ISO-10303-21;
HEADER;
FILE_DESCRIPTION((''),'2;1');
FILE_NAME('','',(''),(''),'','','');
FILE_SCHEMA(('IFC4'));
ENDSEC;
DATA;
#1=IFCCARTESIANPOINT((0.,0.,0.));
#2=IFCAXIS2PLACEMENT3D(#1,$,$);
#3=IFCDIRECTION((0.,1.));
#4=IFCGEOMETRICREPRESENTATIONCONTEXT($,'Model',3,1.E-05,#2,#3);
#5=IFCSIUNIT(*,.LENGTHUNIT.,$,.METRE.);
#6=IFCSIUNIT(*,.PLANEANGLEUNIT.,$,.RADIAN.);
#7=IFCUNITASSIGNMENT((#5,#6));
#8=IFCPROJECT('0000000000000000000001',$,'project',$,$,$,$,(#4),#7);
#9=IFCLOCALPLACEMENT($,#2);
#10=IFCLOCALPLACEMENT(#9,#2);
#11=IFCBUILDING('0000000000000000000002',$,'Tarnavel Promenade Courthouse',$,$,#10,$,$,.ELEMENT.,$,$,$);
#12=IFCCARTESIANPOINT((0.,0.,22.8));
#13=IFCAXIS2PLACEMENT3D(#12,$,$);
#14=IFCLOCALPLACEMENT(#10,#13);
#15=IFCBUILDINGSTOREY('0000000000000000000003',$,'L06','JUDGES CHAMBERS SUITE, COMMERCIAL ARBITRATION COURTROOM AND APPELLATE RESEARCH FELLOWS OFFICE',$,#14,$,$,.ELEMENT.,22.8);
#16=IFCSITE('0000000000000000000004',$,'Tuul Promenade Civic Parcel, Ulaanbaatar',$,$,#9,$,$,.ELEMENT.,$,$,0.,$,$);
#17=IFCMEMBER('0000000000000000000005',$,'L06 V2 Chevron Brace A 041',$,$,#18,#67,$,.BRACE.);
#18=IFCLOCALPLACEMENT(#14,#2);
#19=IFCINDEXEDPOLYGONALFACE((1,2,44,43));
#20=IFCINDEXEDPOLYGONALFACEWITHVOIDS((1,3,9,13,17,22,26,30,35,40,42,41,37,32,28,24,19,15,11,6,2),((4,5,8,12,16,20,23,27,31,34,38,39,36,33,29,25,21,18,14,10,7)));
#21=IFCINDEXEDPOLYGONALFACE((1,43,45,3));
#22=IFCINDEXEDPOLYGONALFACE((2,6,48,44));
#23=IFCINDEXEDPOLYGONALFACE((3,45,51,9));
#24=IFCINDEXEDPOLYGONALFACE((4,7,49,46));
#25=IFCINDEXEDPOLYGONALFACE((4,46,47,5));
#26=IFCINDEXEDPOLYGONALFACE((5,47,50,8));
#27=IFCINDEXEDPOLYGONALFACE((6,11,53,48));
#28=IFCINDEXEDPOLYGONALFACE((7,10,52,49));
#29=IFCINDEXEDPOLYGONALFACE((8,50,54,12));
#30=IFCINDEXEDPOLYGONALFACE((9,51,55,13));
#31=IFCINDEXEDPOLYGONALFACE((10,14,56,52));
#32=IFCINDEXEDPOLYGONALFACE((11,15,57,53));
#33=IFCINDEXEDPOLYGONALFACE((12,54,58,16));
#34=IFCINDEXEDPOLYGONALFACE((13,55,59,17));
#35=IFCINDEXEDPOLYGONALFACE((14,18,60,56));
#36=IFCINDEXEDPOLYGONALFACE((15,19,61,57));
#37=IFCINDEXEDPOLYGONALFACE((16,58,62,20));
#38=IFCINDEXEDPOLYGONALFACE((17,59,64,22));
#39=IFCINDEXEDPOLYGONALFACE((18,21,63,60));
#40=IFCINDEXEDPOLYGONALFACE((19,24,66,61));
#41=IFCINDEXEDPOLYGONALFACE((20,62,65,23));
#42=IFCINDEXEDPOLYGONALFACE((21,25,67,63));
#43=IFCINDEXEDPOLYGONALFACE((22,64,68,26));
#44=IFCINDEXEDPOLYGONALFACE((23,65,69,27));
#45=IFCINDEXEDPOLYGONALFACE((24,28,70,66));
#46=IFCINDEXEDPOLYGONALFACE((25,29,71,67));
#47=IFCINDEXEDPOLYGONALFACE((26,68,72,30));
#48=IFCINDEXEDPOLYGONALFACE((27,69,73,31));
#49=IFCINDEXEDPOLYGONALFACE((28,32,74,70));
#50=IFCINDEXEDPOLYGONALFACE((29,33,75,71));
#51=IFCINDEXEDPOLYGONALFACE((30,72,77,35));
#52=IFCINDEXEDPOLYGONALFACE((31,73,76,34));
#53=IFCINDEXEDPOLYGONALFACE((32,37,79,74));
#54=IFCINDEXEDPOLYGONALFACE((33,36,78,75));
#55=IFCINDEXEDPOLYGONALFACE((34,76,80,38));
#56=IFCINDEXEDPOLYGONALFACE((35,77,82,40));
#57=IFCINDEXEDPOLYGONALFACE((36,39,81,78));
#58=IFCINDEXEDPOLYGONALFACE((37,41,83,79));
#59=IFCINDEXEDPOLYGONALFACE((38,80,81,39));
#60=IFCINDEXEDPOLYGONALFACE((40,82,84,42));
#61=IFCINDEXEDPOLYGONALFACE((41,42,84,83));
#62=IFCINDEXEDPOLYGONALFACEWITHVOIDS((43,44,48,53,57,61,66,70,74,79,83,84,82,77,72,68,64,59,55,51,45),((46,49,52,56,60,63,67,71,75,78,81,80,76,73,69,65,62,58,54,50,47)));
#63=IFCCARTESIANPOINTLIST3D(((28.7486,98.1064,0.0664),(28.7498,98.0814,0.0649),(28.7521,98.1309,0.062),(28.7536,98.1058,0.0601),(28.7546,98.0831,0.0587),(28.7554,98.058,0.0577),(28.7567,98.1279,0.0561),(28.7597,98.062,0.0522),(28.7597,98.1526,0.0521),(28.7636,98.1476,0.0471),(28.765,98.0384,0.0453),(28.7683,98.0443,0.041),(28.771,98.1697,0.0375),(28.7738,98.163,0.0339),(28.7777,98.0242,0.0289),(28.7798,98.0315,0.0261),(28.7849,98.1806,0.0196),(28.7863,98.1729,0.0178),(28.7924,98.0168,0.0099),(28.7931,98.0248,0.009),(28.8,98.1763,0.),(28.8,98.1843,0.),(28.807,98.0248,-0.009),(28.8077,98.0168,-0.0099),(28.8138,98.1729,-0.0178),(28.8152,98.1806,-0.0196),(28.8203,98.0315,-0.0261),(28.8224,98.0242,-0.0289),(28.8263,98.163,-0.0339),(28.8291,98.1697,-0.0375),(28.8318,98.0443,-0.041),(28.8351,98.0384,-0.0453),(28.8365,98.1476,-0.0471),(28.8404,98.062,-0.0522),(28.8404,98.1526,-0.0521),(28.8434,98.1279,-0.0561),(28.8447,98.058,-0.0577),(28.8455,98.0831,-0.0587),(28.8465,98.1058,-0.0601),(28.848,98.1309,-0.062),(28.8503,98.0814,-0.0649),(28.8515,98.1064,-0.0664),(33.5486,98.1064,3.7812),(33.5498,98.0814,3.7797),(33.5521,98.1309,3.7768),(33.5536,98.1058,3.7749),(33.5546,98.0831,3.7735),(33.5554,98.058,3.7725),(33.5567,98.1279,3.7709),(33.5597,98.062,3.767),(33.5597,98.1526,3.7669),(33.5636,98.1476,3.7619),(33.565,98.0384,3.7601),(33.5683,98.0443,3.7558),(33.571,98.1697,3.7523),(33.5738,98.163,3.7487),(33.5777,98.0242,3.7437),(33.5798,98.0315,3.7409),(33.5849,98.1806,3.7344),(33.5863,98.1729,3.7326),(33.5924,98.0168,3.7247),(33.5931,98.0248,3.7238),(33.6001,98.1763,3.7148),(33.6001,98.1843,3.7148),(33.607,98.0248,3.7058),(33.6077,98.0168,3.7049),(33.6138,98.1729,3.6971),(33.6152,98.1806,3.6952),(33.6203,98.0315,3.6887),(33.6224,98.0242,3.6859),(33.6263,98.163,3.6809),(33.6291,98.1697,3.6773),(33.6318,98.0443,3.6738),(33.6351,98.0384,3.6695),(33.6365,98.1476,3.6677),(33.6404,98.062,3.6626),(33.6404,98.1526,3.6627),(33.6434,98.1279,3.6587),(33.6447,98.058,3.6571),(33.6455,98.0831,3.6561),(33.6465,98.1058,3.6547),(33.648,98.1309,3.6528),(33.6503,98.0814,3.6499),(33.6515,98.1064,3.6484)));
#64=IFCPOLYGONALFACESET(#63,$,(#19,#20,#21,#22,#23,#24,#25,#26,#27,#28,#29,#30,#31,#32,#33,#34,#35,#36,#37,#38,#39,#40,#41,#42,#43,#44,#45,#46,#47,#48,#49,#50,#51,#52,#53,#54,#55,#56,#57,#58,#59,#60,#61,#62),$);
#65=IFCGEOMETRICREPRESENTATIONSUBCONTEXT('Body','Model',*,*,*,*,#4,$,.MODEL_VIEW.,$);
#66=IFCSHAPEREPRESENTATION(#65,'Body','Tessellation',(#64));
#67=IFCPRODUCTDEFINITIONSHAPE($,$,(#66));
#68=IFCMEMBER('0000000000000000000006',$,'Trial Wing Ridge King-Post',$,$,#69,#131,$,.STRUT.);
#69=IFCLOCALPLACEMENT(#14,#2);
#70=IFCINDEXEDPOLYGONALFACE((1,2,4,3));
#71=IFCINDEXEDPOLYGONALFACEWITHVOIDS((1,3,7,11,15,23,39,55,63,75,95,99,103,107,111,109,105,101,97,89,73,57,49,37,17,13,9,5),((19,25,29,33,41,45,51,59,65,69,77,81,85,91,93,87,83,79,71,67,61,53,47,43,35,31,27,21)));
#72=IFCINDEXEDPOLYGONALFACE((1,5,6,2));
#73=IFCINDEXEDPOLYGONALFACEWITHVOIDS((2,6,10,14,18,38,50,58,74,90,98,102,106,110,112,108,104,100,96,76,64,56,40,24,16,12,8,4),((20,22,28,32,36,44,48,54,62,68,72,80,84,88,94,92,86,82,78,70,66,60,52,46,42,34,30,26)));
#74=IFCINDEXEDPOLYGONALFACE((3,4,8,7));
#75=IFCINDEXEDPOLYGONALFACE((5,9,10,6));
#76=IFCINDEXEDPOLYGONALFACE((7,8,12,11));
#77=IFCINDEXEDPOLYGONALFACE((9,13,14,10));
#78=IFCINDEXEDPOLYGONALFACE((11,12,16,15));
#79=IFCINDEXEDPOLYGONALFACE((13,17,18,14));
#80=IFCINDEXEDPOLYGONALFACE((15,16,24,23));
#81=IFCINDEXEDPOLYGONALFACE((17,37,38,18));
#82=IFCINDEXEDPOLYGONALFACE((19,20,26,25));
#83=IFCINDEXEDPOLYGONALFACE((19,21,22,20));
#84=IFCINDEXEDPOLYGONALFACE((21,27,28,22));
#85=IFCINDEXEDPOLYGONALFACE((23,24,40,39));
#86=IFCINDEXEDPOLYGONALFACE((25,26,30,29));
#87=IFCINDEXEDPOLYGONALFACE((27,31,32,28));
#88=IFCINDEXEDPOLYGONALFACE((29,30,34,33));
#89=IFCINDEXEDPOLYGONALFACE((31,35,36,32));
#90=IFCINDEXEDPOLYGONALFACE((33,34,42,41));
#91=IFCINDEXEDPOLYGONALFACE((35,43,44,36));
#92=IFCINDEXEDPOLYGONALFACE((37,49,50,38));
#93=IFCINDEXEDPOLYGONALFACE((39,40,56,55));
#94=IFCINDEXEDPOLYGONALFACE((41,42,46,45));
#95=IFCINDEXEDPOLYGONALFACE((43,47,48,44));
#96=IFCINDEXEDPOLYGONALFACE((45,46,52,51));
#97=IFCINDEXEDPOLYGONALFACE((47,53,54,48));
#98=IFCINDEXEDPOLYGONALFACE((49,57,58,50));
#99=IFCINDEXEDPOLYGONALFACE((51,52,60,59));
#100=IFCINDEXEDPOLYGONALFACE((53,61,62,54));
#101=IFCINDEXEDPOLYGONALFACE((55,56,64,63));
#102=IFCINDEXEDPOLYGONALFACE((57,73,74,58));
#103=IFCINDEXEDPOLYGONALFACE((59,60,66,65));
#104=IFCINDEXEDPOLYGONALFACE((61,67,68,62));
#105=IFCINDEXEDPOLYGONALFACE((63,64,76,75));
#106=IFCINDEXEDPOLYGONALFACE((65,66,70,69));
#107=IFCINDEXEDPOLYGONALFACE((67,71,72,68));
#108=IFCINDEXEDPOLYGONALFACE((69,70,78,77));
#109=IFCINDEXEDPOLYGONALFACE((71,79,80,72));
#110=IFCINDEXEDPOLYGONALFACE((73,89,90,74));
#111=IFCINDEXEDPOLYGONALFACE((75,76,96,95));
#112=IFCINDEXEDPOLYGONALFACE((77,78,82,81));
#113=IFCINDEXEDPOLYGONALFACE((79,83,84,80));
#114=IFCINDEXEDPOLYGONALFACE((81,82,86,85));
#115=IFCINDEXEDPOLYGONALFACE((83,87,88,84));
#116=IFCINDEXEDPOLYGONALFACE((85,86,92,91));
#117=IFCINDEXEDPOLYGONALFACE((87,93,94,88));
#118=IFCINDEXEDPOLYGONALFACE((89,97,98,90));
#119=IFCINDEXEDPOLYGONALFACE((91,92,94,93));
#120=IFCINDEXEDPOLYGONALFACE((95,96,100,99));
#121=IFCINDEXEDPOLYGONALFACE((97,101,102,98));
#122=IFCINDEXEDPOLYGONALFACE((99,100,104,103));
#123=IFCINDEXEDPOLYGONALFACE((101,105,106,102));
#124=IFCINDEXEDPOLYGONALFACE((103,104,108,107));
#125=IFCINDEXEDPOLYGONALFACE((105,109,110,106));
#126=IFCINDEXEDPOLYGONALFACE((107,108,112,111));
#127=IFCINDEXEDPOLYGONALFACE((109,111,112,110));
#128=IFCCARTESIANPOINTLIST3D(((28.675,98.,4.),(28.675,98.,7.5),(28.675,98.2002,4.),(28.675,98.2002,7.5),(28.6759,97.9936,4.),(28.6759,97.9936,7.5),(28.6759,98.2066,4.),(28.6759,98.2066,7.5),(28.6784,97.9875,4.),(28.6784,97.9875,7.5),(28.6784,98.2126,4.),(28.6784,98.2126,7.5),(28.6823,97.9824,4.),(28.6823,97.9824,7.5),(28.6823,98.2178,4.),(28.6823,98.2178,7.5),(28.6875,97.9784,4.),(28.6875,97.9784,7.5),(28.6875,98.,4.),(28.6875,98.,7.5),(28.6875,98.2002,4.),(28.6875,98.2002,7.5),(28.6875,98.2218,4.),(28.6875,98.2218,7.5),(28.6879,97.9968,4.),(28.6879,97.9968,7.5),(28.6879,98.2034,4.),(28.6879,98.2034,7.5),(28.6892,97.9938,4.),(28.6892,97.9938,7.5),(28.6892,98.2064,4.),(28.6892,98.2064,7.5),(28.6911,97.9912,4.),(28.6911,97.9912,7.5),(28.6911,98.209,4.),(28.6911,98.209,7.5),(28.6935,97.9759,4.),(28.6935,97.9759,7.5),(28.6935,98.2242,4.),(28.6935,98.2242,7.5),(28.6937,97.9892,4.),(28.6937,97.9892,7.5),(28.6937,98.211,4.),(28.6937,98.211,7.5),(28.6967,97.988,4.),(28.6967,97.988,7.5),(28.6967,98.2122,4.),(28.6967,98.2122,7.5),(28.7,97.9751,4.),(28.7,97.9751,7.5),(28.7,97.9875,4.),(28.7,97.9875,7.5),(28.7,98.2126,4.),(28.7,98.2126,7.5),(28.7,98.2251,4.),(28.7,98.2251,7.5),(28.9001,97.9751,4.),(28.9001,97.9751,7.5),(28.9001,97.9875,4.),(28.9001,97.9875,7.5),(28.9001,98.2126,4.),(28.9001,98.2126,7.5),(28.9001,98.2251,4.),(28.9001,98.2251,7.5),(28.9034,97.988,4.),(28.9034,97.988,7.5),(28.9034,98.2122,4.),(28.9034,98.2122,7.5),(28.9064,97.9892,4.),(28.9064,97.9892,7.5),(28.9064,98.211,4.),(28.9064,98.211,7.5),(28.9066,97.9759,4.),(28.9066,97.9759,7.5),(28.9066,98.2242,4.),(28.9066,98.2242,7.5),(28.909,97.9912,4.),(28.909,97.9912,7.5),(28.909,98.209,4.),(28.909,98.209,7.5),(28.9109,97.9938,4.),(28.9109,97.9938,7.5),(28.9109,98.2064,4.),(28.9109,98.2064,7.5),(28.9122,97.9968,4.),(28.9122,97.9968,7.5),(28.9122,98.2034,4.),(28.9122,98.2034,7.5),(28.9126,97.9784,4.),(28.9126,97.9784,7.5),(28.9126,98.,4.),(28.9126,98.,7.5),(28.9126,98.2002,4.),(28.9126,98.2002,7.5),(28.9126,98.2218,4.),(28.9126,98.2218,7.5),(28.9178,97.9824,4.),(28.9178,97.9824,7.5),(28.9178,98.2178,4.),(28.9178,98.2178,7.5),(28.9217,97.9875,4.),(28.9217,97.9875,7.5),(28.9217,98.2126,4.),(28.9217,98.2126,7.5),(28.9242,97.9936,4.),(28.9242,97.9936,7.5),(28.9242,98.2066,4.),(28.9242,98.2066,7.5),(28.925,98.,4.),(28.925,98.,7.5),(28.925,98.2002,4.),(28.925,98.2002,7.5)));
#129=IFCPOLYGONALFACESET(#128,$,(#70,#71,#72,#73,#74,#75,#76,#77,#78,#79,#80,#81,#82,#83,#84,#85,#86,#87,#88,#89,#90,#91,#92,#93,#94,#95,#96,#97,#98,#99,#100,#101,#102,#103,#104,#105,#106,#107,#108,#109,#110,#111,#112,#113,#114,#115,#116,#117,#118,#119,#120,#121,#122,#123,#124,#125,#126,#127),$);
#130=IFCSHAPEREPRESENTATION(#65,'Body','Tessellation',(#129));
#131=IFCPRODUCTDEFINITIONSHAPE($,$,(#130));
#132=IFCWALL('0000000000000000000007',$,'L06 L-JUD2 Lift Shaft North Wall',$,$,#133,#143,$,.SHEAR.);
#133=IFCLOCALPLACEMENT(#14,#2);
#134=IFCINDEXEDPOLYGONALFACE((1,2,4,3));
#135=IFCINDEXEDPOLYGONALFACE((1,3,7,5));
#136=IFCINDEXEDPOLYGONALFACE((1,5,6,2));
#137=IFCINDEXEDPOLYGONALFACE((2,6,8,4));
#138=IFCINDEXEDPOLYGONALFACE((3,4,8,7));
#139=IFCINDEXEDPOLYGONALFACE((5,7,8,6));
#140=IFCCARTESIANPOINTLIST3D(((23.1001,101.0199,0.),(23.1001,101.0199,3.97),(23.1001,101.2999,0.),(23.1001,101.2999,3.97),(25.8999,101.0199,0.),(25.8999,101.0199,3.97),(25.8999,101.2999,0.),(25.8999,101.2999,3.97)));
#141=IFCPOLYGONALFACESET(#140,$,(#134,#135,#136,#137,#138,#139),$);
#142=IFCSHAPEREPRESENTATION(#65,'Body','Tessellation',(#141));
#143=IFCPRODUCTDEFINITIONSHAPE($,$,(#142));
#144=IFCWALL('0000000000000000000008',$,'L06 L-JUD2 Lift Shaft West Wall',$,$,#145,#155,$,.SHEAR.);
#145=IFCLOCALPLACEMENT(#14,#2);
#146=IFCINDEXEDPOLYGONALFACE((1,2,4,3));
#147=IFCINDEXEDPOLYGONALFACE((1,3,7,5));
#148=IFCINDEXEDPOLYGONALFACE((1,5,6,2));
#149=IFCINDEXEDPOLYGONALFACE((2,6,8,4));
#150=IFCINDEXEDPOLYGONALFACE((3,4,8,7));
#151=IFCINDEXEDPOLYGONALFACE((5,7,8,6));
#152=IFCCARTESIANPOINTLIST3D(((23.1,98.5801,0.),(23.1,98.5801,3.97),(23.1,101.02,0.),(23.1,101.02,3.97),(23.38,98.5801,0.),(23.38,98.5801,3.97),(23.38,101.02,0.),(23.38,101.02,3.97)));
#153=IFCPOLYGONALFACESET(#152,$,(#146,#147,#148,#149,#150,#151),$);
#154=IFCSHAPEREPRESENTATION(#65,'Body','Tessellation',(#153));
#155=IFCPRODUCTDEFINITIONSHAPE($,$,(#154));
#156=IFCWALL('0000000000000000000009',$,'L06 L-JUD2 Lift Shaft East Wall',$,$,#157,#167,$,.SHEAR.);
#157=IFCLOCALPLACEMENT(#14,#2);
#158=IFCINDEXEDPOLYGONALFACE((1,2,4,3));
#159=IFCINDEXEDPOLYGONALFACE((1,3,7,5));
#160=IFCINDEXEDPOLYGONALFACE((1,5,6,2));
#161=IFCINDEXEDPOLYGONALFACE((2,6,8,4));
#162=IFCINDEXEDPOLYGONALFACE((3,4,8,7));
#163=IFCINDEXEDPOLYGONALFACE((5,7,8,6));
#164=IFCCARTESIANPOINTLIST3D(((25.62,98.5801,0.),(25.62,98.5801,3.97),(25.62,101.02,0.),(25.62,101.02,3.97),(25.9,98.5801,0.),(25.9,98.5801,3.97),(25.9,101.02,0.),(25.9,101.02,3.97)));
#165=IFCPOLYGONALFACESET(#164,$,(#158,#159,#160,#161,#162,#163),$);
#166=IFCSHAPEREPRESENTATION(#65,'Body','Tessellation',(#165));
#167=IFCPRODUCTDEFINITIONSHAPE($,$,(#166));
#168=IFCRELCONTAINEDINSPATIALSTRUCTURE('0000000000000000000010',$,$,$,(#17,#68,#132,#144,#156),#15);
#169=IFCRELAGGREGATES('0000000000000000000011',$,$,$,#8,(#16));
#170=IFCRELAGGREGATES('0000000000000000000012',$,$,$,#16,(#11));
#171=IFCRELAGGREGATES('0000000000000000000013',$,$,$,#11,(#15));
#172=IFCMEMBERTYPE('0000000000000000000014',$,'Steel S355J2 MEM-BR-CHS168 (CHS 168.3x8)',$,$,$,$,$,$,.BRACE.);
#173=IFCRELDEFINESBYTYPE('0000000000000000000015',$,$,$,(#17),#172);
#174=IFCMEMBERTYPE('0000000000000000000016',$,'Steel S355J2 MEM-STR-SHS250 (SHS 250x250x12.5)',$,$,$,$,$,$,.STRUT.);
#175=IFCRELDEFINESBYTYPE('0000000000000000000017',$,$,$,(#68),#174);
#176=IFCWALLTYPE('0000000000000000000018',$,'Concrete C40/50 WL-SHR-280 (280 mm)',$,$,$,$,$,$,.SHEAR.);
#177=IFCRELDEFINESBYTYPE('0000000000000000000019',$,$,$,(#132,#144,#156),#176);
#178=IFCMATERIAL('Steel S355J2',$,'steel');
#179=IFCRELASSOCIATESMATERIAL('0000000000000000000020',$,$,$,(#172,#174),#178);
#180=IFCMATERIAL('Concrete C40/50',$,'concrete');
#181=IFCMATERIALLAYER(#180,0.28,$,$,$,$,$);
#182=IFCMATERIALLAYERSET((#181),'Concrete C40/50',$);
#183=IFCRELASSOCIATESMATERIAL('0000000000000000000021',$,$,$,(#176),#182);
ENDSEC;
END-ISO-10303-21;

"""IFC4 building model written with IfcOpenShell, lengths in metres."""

from ifc_helpers import new_model, si_unit, direction, frame, frame_2d, origin, origin_2d, place, context, subcontext, project, spatial, rectangle, hollow_rectangle, hollow_circle, extrude, material, layer, layer_set, material_profile, profile_set, type_object, element, save


model = new_model("IFC4")

# Units and contexts
model_context = context("Model", 3, precision=1e-05, world=origin(), true_north=direction((0.0, 1.0)))
body_context = subcontext(model_context, "Body", "Model", "MODEL_VIEW")
ifc_project = project(units=[si_unit("LENGTHUNIT", "METRE"), si_unit("PLANEANGLEUNIT", "RADIAN")], contexts=[model_context])

# Site, building, storey
site_placement = place(None, origin())
site = spatial("IfcSite", under=ifc_project, at=site_placement, Name="Tuul Promenade Civic Parcel, Ulaanbaatar", CompositionType="ELEMENT", RefElevation=0.0)
building_placement = place(site_placement, origin())
building = spatial("IfcBuilding", under=site, at=building_placement, Name="Tarnavel Promenade Courthouse", CompositionType="ELEMENT")
storey_placement = place(building_placement, frame((0.0, 0.0, 22.8)))
storey = spatial("IfcBuildingStorey", under=building, at=storey_placement, Name="L06", Description="JUDGES CHAMBERS SUITE, COMMERCIAL ARBITRATION COURTROOM AND APPELLATE RESEARCH FELLOWS OFFICE", CompositionType="ELEMENT", Elevation=22.8)

# Shared definitions
ifc_material_1 = material(Name="Concrete C40/50", Category="concrete")

# Shared definitions
ifc_material_2 = material(Name="Steel S355J2", Category="steel")

# Members
ifc_material_profile_1 = material_profile(ifc_material_2, hollow_circle(Radius=0.0842, WallThickness=0.0081, at=origin_2d()), Name="CHS 168.3x8")
ifc_profile_set_1 = profile_set([ifc_material_profile_1], Name="Steel S355J2")
member_type_1 = type_object("IfcMemberType", Name="Steel S355J2 MEM-BR-CHS168 (CHS 168.3x8)", PredefinedType="BRACE", material=ifc_profile_set_1)
member_1_placement = place(storey_placement, frame((28.8, 98.1001, 0.0), z_axis=(0.790829, 0.0, 0.612037), x_axis=(0.0, 1.0, 0.0)))
element("IfcMember", 1, at=member_1_placement, inside=storey, type_object=member_type_1, Name="L06 V2 Chevron Brace A 041", PredefinedType="BRACE", context=body_context, shape_type="SweptSolid", body=[
    extrude(hollow_circle(Radius=0.0842, WallThickness=0.0081, at=origin_2d()), origin(), (0.0, 0.0, 1.0), 6.0696),
])
ifc_material_profile_2 = material_profile(ifc_material_2, hollow_rectangle(XDim=0.25, YDim=0.25, WallThickness=0.0125, InnerFilletRadius=0.0125, OuterFilletRadius=0.0249, at=origin_2d()), Name="SHS 250x250x12.5")
ifc_profile_set_2 = profile_set([ifc_material_profile_2], Name="Steel S355J2")
member_type_2 = type_object("IfcMemberType", Name="Steel S355J2 MEM-STR-SHS250 (SHS 250x250x12.5)", PredefinedType="STRUT", material=ifc_profile_set_2)
member_2_placement = place(storey_placement, frame((28.8, 98.1001, 4.0), z_axis=(0.0, 0.0, 1.0), x_axis=(1.0, 0.0, 0.0)))
element("IfcMember", 2, at=member_2_placement, inside=storey, type_object=member_type_2, Name="Trial Wing Ridge King-Post", PredefinedType="STRUT", context=body_context, shape_type="SweptSolid", body=[
    extrude(hollow_rectangle(XDim=0.25, YDim=0.25, WallThickness=0.0125, InnerFilletRadius=0.0125, OuterFilletRadius=0.0249, at=origin_2d()), origin(), (0.0, 0.0, 1.0), 3.5),
])

# Wall
ifc_layer_1 = layer(ifc_material_1, 0.28)
ifc_layer_set_1 = layer_set([ifc_layer_1], Name="Concrete C40/50")
wall_type_1 = type_object("IfcWallType", Name="Concrete C40/50 WL-SHR-280 (280 mm)", PredefinedType="SHEAR", material=ifc_layer_set_1)
wall_1_placement = place(storey_placement, frame((23.1001, 101.1599, 0.0), z_axis=(0.0, 0.0, 1.0), x_axis=(1.0, 0.0, 0.0)))
element("IfcWall", 3, at=wall_1_placement, inside=storey, type_object=wall_type_1, Name="L06 L-JUD2 Lift Shaft North Wall", PredefinedType="SHEAR", context=body_context, shape_type="SweptSolid", body=[
    extrude(rectangle(XDim=2.7998, YDim=0.28, at=frame_2d((1.3999, 0.0))), origin(), (0.0, 0.0, 1.0), 3.97),
])

# Walls
for number, where, z_axis, x_axis, name in (
    (4, (23.24, 98.5801, 0.0), (0.0, 0.0, 1.0), (0.0, 1.0, 0.0), "L06 L-JUD2 Lift Shaft West Wall"),
    (5, (25.76, 101.02, 0.0), (0.0, 0.0, 1.0), (0.0, -1.0, 0.0), "L06 L-JUD2 Lift Shaft East Wall"),
):
    element("IfcWall", number, at=place(storey_placement, frame(where, z_axis=z_axis, x_axis=x_axis)), inside=storey, type_object=wall_type_1, Name=name, PredefinedType="SHEAR", context=body_context, shape_type="SweptSolid", body=[
        extrude(rectangle(XDim=2.4399, YDim=0.28, at=frame_2d((1.22, 0.0))), origin(), (0.0, 0.0, 1.0), 3.97),
    ])

save(model, "model.ifc")
